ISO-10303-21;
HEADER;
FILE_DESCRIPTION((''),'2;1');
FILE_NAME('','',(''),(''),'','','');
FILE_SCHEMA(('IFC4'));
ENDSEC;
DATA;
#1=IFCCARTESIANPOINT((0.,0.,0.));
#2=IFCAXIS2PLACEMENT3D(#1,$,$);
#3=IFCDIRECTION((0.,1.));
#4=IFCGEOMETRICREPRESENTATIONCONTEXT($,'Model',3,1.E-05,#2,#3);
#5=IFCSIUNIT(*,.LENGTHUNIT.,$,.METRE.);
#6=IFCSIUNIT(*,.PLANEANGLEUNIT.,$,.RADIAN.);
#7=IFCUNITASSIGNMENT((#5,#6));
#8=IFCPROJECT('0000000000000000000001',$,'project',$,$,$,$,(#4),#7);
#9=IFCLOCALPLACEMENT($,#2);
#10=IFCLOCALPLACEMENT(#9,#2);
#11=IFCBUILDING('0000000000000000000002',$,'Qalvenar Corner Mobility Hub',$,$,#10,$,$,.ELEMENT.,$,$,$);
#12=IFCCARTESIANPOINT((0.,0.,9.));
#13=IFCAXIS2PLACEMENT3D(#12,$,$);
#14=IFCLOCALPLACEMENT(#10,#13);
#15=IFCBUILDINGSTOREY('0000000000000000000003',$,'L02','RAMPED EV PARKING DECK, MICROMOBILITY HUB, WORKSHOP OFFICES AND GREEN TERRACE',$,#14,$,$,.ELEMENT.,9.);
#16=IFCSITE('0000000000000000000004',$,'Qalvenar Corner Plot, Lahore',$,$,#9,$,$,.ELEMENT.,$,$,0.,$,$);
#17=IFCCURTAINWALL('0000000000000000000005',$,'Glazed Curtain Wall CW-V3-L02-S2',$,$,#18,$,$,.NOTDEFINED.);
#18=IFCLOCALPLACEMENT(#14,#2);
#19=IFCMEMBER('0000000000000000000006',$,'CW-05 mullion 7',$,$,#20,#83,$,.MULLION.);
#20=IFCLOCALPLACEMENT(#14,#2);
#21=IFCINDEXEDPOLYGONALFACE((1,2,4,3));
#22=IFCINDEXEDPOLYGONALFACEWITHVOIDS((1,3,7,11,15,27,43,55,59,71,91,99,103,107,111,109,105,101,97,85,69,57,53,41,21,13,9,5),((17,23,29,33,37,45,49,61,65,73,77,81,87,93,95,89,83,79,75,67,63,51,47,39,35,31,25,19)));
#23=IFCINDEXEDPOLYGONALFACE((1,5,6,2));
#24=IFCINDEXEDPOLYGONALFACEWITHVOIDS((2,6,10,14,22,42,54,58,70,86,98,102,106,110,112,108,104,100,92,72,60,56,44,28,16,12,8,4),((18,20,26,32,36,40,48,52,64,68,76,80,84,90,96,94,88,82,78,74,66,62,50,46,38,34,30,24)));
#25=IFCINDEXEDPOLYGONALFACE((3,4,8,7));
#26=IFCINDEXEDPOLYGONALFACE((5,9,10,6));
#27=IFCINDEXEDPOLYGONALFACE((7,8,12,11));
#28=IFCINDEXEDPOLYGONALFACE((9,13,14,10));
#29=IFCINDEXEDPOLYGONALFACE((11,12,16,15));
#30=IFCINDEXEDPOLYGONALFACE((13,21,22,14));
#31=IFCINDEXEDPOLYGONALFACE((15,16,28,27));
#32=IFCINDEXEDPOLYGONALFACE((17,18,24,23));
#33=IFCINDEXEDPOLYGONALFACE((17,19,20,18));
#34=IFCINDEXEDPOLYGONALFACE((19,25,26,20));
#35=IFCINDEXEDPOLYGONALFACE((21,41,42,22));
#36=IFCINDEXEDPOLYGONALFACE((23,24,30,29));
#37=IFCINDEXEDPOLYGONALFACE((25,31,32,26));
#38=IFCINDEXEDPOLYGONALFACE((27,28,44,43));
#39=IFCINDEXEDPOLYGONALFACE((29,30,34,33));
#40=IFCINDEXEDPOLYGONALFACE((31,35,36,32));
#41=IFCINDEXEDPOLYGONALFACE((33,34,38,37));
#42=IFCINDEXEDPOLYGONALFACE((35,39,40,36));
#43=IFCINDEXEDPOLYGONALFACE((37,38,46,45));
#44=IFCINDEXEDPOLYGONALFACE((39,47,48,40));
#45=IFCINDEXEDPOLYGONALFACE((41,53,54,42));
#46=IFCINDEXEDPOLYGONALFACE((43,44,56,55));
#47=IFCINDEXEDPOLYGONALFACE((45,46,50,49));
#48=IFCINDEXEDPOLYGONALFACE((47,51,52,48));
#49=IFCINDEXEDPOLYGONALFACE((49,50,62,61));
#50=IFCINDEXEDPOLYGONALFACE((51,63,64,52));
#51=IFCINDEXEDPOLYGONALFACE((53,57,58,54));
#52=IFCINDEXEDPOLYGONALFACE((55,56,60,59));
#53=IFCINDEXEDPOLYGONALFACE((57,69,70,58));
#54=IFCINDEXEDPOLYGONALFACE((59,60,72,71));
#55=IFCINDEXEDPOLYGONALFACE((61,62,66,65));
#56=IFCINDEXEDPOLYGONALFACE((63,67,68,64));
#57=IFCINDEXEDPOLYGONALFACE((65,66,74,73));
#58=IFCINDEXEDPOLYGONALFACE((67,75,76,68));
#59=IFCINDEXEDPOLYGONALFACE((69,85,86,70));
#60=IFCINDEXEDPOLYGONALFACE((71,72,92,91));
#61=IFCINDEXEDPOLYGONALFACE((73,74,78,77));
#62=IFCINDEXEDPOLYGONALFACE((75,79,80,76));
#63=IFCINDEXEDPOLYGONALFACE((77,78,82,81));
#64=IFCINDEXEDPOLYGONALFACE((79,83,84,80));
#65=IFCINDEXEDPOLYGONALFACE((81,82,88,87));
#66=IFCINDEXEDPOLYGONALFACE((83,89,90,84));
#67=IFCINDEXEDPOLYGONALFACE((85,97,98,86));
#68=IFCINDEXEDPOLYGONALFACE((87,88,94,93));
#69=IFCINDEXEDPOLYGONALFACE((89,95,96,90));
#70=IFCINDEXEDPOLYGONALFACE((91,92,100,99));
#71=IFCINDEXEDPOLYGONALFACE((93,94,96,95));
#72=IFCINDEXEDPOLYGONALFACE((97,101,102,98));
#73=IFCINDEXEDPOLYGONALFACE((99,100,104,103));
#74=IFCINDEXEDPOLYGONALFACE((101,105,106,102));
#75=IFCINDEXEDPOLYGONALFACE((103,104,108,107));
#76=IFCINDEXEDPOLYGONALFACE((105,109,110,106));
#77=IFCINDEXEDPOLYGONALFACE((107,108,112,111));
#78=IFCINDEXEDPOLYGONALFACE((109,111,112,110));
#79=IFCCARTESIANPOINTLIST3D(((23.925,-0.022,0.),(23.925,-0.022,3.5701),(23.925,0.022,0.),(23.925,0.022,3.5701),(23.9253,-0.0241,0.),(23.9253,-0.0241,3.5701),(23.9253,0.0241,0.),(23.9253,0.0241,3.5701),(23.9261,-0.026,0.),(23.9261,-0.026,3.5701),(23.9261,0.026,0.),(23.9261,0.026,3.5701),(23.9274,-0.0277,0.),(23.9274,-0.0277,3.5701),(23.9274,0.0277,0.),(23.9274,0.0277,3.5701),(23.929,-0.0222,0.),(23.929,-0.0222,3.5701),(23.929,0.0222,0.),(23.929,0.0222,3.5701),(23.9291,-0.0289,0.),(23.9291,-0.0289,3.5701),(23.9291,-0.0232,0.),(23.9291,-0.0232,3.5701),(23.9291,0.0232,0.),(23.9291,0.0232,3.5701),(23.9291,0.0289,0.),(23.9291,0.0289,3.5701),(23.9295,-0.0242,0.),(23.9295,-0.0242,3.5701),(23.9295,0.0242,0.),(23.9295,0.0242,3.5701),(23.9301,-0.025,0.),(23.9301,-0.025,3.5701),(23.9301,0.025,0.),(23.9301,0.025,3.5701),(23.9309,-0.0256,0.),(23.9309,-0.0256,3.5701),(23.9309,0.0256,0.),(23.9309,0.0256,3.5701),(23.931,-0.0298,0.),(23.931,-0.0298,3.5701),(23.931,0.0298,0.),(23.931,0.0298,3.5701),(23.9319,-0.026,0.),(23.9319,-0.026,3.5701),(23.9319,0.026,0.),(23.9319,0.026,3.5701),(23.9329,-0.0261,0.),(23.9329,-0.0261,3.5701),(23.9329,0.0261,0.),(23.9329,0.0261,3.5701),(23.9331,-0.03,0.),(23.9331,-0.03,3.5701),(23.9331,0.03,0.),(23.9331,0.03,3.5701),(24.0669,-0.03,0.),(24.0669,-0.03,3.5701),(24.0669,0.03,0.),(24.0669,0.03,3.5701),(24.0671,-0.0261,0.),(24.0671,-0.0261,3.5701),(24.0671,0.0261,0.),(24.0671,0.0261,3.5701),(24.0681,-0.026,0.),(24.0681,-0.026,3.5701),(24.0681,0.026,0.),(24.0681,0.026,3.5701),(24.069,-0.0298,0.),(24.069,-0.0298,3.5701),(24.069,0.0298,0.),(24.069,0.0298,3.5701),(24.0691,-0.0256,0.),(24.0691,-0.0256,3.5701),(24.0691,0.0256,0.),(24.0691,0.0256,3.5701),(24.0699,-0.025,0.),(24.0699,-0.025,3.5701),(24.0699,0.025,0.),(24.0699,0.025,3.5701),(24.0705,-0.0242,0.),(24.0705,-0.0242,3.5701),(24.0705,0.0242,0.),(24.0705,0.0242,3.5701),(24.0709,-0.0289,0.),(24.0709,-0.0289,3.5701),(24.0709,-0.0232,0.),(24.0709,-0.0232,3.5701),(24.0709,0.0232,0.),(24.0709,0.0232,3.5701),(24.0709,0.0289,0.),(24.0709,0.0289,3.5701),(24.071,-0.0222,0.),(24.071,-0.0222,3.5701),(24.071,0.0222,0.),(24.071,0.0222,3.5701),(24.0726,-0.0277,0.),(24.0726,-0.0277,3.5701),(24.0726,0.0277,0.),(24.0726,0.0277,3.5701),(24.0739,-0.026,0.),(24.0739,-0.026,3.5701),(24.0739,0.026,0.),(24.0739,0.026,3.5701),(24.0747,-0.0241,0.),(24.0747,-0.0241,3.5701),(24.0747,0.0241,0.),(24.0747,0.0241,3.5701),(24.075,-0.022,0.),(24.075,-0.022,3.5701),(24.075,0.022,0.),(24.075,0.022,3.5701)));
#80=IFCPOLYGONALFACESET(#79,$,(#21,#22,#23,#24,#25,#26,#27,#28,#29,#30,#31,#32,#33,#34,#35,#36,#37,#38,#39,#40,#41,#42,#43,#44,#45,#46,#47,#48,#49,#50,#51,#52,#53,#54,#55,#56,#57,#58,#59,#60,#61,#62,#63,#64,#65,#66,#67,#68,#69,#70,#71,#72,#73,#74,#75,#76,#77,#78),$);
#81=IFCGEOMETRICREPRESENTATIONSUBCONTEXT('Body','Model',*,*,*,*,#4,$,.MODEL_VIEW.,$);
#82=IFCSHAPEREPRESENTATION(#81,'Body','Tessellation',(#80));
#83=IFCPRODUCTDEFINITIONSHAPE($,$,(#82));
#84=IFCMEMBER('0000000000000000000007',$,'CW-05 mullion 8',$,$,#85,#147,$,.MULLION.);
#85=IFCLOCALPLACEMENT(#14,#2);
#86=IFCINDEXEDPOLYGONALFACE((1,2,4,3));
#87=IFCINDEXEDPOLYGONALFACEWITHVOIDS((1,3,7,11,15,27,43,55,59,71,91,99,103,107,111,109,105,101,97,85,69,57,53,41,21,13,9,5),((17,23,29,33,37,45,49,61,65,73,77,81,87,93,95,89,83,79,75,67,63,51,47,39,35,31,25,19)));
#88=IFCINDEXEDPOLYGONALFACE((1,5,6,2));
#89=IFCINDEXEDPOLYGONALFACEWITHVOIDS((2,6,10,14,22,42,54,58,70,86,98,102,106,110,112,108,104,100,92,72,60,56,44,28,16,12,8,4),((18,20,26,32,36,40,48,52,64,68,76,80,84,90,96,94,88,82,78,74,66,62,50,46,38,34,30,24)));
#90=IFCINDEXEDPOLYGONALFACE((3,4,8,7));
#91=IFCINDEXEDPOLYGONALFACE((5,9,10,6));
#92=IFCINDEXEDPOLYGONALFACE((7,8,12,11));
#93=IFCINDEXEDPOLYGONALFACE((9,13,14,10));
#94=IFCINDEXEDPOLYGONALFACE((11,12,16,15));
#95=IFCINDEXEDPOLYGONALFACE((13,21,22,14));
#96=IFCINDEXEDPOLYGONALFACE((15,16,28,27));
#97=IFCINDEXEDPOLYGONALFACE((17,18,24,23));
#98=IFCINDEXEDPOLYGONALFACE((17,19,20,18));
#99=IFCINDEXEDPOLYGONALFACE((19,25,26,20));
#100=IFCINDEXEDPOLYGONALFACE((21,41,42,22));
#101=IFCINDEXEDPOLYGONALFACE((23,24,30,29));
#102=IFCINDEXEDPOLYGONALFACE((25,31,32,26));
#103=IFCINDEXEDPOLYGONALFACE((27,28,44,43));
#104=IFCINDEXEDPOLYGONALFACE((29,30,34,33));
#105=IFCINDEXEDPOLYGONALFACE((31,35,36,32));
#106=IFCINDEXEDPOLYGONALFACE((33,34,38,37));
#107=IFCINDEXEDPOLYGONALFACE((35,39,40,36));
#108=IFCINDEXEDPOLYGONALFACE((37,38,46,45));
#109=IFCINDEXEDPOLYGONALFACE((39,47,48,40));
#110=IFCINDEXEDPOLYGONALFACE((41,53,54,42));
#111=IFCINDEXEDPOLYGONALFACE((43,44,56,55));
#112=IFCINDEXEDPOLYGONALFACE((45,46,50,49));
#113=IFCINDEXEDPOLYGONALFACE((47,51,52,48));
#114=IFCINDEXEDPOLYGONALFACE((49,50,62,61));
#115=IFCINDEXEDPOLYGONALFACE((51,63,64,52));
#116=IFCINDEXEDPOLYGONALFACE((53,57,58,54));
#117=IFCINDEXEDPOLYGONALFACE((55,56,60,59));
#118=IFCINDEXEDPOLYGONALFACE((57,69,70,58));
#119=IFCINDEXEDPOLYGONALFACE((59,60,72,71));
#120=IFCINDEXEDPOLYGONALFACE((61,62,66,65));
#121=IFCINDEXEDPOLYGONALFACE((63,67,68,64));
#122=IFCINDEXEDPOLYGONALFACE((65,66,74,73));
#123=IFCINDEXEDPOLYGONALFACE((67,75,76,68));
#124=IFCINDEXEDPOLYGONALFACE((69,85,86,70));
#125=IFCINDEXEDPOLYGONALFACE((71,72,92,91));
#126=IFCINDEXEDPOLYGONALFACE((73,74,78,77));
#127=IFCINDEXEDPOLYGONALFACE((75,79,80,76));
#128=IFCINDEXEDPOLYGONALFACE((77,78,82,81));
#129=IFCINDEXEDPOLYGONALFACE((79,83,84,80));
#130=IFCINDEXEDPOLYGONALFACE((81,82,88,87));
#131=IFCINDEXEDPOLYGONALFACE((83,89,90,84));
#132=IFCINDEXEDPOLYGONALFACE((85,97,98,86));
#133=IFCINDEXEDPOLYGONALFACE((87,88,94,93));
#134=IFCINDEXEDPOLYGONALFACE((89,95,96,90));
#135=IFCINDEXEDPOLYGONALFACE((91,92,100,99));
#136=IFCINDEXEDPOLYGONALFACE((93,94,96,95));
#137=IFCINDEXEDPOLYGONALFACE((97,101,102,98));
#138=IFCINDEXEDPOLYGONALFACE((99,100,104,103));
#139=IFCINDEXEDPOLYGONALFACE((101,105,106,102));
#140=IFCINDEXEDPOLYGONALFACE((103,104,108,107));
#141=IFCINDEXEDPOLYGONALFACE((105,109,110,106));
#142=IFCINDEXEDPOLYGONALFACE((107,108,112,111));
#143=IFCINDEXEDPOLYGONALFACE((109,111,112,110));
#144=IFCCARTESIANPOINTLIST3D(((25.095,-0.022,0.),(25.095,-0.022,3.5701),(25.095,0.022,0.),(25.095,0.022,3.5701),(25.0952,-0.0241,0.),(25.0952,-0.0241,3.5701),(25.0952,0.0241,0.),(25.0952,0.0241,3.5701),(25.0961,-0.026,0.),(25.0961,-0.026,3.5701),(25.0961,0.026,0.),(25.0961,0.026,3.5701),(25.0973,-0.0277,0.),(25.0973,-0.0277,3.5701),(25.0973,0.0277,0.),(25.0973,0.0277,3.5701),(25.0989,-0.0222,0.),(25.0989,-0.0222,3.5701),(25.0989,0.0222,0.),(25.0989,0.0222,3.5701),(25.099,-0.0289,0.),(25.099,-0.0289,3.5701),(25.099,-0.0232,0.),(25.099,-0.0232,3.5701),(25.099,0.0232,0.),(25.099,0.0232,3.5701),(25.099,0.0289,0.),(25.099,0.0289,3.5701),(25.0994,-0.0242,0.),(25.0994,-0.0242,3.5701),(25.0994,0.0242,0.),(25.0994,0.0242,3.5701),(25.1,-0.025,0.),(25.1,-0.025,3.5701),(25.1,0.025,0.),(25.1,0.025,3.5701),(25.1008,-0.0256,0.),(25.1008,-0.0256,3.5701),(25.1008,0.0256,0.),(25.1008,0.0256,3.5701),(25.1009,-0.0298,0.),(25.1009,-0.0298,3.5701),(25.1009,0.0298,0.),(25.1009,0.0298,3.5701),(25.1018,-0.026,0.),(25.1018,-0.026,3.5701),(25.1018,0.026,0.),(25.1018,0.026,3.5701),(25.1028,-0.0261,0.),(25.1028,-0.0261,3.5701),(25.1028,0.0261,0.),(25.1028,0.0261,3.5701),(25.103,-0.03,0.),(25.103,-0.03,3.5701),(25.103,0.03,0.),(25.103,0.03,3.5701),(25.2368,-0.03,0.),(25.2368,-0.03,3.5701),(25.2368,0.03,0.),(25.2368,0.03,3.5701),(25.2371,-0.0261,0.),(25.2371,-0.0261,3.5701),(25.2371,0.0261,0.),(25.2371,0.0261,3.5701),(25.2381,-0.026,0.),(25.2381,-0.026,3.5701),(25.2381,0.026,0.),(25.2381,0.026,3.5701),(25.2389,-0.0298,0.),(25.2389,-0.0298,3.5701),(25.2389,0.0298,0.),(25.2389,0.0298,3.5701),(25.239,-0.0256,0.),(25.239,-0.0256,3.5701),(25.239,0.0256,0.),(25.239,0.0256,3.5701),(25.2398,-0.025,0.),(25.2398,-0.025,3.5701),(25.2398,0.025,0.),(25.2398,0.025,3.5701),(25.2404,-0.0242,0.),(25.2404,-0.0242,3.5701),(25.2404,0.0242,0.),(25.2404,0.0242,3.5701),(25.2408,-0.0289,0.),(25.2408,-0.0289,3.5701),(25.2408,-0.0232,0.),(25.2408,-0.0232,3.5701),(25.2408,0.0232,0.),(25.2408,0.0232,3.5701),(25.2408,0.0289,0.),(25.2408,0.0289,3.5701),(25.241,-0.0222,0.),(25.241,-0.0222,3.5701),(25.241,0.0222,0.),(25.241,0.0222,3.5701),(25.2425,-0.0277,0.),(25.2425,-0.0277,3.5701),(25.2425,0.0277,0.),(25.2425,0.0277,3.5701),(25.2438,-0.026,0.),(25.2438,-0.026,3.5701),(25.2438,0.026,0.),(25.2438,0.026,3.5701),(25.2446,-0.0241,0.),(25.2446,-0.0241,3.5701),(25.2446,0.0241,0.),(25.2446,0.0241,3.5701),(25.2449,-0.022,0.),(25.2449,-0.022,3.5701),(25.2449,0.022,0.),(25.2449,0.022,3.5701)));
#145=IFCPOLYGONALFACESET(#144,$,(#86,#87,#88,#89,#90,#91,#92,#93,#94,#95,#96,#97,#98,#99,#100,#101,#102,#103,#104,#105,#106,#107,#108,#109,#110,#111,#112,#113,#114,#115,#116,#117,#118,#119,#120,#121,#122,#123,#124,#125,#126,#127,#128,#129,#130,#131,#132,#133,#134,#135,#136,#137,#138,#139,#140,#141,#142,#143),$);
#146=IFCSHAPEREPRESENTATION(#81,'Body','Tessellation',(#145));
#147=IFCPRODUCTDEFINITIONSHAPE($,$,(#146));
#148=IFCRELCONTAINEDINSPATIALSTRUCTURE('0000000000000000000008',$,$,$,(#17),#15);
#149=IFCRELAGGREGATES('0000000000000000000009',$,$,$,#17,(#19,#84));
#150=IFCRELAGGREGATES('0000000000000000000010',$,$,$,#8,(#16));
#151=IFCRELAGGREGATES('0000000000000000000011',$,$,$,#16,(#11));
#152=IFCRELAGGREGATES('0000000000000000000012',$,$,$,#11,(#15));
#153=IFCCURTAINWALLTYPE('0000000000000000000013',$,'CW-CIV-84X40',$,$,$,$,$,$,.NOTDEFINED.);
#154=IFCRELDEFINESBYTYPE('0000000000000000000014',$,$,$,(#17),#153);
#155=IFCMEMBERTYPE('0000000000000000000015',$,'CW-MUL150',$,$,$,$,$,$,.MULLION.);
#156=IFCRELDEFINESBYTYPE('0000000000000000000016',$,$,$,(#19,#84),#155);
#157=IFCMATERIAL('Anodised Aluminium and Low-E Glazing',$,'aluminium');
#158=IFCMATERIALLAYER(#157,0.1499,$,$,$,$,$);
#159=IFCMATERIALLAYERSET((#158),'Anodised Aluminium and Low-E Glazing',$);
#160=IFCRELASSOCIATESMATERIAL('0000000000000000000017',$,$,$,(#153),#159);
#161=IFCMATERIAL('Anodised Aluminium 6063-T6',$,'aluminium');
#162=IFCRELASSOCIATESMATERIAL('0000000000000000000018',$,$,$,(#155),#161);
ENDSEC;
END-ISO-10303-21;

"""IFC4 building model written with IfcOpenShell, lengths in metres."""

from ifc_helpers import new_model, si_unit, direction, frame, origin, origin_2d, place, context, subcontext, project, spatial, hollow_rectangle, extrude, material, layer, layer_set, material_profile, profile_set, type_object, element, aggregate, save


model = new_model("IFC4")

# Units and contexts
model_context = context("Model", 3, precision=1e-05, world=origin(), true_north=direction((0.0, 1.0)))
body_context = subcontext(model_context, "Body", "Model", "MODEL_VIEW")
ifc_project = project(units=[si_unit("LENGTHUNIT", "METRE"), si_unit("PLANEANGLEUNIT", "RADIAN")], contexts=[model_context])

# Site, building, storey
site_placement = place(None, origin())
site = spatial("IfcSite", under=ifc_project, at=site_placement, Name="Qalvenar Corner Plot, Lahore", CompositionType="ELEMENT", RefElevation=0.0)
building_placement = place(site_placement, origin())
building = spatial("IfcBuilding", under=site, at=building_placement, Name="Qalvenar Corner Mobility Hub", CompositionType="ELEMENT")
storey_placement = place(building_placement, frame((0.0, 0.0, 9.0)))
storey = spatial("IfcBuildingStorey", under=building, at=storey_placement, Name="L02", Description="RAMPED EV PARKING DECK, MICROMOBILITY HUB, WORKSHOP OFFICES AND GREEN TERRACE", CompositionType="ELEMENT", Elevation=9.0)

# Curtain wall, members
ifc_material_1 = material(Name="Anodised Aluminium and Low-E Glazing", Category="aluminium")
ifc_layer_1 = layer(ifc_material_1, 0.1499)
ifc_layer_set_1 = layer_set([ifc_layer_1], Name="Anodised Aluminium and Low-E Glazing")
curtain_wall_type = type_object("IfcCurtainWallType", Name="CW-CIV-84X40", PredefinedType="NOTDEFINED", material=ifc_layer_set_1)
curtain_wall_placement = place(storey_placement, origin())
curtain_wall = element("IfcCurtainWall", 1, at=curtain_wall_placement, inside=storey, type_object=curtain_wall_type, Name="Glazed Curtain Wall CW-V3-L02-S2", PredefinedType="NOTDEFINED")
ifc_material_2 = material(Name="Anodised Aluminium 6063-T6", Category="aluminium")
ifc_material_profile_1 = material_profile(ifc_material_2, hollow_rectangle(XDim=0.0601, YDim=0.1499, WallThickness=0.0039, InnerFilletRadius=0.0039, OuterFilletRadius=0.0081, at=origin_2d()), Name="RHS150x60x4")
ifc_profile_set_1 = profile_set([ifc_material_profile_1], Name="Anodised Aluminium 6063-T6")
member_type_1 = type_object("IfcMemberType", Name="CW-MUL150", PredefinedType="MULLION", material=ifc_profile_set_1)
member_1_placement = place(storey_placement, frame((24.0, 0.0, 0.0), z_axis=(0.0, 0.0, 1.0), x_axis=(0.0, 1.0, 0.0)))
member_1 = element("IfcMember", 2, at=member_1_placement, type_object=member_type_1, Name="CW-05 mullion 7", PredefinedType="MULLION", context=body_context, shape_type="SweptSolid", body=[
    extrude(hollow_rectangle(XDim=0.0601, YDim=0.1499, WallThickness=0.0039, InnerFilletRadius=0.0039, OuterFilletRadius=0.0081, at=origin_2d()), origin(), (0.0, 0.0, 1.0), 3.5701),
])
member_2_placement = place(storey_placement, frame((25.1699, 0.0, 0.0), z_axis=(0.0, 0.0, 1.0), x_axis=(0.0, 1.0, 0.0)))
member_2 = element("IfcMember", 3, at=member_2_placement, type_object=member_type_1, Name="CW-05 mullion 8", PredefinedType="MULLION", context=body_context, shape_type="SweptSolid", body=[
    extrude(hollow_rectangle(XDim=0.0601, YDim=0.1499, WallThickness=0.0039, InnerFilletRadius=0.0039, OuterFilletRadius=0.0081, at=origin_2d()), origin(), (0.0, 0.0, 1.0), 3.5701),
])
aggregate(curtain_wall, [member_1, member_2])

save(model, "model.ifc")
